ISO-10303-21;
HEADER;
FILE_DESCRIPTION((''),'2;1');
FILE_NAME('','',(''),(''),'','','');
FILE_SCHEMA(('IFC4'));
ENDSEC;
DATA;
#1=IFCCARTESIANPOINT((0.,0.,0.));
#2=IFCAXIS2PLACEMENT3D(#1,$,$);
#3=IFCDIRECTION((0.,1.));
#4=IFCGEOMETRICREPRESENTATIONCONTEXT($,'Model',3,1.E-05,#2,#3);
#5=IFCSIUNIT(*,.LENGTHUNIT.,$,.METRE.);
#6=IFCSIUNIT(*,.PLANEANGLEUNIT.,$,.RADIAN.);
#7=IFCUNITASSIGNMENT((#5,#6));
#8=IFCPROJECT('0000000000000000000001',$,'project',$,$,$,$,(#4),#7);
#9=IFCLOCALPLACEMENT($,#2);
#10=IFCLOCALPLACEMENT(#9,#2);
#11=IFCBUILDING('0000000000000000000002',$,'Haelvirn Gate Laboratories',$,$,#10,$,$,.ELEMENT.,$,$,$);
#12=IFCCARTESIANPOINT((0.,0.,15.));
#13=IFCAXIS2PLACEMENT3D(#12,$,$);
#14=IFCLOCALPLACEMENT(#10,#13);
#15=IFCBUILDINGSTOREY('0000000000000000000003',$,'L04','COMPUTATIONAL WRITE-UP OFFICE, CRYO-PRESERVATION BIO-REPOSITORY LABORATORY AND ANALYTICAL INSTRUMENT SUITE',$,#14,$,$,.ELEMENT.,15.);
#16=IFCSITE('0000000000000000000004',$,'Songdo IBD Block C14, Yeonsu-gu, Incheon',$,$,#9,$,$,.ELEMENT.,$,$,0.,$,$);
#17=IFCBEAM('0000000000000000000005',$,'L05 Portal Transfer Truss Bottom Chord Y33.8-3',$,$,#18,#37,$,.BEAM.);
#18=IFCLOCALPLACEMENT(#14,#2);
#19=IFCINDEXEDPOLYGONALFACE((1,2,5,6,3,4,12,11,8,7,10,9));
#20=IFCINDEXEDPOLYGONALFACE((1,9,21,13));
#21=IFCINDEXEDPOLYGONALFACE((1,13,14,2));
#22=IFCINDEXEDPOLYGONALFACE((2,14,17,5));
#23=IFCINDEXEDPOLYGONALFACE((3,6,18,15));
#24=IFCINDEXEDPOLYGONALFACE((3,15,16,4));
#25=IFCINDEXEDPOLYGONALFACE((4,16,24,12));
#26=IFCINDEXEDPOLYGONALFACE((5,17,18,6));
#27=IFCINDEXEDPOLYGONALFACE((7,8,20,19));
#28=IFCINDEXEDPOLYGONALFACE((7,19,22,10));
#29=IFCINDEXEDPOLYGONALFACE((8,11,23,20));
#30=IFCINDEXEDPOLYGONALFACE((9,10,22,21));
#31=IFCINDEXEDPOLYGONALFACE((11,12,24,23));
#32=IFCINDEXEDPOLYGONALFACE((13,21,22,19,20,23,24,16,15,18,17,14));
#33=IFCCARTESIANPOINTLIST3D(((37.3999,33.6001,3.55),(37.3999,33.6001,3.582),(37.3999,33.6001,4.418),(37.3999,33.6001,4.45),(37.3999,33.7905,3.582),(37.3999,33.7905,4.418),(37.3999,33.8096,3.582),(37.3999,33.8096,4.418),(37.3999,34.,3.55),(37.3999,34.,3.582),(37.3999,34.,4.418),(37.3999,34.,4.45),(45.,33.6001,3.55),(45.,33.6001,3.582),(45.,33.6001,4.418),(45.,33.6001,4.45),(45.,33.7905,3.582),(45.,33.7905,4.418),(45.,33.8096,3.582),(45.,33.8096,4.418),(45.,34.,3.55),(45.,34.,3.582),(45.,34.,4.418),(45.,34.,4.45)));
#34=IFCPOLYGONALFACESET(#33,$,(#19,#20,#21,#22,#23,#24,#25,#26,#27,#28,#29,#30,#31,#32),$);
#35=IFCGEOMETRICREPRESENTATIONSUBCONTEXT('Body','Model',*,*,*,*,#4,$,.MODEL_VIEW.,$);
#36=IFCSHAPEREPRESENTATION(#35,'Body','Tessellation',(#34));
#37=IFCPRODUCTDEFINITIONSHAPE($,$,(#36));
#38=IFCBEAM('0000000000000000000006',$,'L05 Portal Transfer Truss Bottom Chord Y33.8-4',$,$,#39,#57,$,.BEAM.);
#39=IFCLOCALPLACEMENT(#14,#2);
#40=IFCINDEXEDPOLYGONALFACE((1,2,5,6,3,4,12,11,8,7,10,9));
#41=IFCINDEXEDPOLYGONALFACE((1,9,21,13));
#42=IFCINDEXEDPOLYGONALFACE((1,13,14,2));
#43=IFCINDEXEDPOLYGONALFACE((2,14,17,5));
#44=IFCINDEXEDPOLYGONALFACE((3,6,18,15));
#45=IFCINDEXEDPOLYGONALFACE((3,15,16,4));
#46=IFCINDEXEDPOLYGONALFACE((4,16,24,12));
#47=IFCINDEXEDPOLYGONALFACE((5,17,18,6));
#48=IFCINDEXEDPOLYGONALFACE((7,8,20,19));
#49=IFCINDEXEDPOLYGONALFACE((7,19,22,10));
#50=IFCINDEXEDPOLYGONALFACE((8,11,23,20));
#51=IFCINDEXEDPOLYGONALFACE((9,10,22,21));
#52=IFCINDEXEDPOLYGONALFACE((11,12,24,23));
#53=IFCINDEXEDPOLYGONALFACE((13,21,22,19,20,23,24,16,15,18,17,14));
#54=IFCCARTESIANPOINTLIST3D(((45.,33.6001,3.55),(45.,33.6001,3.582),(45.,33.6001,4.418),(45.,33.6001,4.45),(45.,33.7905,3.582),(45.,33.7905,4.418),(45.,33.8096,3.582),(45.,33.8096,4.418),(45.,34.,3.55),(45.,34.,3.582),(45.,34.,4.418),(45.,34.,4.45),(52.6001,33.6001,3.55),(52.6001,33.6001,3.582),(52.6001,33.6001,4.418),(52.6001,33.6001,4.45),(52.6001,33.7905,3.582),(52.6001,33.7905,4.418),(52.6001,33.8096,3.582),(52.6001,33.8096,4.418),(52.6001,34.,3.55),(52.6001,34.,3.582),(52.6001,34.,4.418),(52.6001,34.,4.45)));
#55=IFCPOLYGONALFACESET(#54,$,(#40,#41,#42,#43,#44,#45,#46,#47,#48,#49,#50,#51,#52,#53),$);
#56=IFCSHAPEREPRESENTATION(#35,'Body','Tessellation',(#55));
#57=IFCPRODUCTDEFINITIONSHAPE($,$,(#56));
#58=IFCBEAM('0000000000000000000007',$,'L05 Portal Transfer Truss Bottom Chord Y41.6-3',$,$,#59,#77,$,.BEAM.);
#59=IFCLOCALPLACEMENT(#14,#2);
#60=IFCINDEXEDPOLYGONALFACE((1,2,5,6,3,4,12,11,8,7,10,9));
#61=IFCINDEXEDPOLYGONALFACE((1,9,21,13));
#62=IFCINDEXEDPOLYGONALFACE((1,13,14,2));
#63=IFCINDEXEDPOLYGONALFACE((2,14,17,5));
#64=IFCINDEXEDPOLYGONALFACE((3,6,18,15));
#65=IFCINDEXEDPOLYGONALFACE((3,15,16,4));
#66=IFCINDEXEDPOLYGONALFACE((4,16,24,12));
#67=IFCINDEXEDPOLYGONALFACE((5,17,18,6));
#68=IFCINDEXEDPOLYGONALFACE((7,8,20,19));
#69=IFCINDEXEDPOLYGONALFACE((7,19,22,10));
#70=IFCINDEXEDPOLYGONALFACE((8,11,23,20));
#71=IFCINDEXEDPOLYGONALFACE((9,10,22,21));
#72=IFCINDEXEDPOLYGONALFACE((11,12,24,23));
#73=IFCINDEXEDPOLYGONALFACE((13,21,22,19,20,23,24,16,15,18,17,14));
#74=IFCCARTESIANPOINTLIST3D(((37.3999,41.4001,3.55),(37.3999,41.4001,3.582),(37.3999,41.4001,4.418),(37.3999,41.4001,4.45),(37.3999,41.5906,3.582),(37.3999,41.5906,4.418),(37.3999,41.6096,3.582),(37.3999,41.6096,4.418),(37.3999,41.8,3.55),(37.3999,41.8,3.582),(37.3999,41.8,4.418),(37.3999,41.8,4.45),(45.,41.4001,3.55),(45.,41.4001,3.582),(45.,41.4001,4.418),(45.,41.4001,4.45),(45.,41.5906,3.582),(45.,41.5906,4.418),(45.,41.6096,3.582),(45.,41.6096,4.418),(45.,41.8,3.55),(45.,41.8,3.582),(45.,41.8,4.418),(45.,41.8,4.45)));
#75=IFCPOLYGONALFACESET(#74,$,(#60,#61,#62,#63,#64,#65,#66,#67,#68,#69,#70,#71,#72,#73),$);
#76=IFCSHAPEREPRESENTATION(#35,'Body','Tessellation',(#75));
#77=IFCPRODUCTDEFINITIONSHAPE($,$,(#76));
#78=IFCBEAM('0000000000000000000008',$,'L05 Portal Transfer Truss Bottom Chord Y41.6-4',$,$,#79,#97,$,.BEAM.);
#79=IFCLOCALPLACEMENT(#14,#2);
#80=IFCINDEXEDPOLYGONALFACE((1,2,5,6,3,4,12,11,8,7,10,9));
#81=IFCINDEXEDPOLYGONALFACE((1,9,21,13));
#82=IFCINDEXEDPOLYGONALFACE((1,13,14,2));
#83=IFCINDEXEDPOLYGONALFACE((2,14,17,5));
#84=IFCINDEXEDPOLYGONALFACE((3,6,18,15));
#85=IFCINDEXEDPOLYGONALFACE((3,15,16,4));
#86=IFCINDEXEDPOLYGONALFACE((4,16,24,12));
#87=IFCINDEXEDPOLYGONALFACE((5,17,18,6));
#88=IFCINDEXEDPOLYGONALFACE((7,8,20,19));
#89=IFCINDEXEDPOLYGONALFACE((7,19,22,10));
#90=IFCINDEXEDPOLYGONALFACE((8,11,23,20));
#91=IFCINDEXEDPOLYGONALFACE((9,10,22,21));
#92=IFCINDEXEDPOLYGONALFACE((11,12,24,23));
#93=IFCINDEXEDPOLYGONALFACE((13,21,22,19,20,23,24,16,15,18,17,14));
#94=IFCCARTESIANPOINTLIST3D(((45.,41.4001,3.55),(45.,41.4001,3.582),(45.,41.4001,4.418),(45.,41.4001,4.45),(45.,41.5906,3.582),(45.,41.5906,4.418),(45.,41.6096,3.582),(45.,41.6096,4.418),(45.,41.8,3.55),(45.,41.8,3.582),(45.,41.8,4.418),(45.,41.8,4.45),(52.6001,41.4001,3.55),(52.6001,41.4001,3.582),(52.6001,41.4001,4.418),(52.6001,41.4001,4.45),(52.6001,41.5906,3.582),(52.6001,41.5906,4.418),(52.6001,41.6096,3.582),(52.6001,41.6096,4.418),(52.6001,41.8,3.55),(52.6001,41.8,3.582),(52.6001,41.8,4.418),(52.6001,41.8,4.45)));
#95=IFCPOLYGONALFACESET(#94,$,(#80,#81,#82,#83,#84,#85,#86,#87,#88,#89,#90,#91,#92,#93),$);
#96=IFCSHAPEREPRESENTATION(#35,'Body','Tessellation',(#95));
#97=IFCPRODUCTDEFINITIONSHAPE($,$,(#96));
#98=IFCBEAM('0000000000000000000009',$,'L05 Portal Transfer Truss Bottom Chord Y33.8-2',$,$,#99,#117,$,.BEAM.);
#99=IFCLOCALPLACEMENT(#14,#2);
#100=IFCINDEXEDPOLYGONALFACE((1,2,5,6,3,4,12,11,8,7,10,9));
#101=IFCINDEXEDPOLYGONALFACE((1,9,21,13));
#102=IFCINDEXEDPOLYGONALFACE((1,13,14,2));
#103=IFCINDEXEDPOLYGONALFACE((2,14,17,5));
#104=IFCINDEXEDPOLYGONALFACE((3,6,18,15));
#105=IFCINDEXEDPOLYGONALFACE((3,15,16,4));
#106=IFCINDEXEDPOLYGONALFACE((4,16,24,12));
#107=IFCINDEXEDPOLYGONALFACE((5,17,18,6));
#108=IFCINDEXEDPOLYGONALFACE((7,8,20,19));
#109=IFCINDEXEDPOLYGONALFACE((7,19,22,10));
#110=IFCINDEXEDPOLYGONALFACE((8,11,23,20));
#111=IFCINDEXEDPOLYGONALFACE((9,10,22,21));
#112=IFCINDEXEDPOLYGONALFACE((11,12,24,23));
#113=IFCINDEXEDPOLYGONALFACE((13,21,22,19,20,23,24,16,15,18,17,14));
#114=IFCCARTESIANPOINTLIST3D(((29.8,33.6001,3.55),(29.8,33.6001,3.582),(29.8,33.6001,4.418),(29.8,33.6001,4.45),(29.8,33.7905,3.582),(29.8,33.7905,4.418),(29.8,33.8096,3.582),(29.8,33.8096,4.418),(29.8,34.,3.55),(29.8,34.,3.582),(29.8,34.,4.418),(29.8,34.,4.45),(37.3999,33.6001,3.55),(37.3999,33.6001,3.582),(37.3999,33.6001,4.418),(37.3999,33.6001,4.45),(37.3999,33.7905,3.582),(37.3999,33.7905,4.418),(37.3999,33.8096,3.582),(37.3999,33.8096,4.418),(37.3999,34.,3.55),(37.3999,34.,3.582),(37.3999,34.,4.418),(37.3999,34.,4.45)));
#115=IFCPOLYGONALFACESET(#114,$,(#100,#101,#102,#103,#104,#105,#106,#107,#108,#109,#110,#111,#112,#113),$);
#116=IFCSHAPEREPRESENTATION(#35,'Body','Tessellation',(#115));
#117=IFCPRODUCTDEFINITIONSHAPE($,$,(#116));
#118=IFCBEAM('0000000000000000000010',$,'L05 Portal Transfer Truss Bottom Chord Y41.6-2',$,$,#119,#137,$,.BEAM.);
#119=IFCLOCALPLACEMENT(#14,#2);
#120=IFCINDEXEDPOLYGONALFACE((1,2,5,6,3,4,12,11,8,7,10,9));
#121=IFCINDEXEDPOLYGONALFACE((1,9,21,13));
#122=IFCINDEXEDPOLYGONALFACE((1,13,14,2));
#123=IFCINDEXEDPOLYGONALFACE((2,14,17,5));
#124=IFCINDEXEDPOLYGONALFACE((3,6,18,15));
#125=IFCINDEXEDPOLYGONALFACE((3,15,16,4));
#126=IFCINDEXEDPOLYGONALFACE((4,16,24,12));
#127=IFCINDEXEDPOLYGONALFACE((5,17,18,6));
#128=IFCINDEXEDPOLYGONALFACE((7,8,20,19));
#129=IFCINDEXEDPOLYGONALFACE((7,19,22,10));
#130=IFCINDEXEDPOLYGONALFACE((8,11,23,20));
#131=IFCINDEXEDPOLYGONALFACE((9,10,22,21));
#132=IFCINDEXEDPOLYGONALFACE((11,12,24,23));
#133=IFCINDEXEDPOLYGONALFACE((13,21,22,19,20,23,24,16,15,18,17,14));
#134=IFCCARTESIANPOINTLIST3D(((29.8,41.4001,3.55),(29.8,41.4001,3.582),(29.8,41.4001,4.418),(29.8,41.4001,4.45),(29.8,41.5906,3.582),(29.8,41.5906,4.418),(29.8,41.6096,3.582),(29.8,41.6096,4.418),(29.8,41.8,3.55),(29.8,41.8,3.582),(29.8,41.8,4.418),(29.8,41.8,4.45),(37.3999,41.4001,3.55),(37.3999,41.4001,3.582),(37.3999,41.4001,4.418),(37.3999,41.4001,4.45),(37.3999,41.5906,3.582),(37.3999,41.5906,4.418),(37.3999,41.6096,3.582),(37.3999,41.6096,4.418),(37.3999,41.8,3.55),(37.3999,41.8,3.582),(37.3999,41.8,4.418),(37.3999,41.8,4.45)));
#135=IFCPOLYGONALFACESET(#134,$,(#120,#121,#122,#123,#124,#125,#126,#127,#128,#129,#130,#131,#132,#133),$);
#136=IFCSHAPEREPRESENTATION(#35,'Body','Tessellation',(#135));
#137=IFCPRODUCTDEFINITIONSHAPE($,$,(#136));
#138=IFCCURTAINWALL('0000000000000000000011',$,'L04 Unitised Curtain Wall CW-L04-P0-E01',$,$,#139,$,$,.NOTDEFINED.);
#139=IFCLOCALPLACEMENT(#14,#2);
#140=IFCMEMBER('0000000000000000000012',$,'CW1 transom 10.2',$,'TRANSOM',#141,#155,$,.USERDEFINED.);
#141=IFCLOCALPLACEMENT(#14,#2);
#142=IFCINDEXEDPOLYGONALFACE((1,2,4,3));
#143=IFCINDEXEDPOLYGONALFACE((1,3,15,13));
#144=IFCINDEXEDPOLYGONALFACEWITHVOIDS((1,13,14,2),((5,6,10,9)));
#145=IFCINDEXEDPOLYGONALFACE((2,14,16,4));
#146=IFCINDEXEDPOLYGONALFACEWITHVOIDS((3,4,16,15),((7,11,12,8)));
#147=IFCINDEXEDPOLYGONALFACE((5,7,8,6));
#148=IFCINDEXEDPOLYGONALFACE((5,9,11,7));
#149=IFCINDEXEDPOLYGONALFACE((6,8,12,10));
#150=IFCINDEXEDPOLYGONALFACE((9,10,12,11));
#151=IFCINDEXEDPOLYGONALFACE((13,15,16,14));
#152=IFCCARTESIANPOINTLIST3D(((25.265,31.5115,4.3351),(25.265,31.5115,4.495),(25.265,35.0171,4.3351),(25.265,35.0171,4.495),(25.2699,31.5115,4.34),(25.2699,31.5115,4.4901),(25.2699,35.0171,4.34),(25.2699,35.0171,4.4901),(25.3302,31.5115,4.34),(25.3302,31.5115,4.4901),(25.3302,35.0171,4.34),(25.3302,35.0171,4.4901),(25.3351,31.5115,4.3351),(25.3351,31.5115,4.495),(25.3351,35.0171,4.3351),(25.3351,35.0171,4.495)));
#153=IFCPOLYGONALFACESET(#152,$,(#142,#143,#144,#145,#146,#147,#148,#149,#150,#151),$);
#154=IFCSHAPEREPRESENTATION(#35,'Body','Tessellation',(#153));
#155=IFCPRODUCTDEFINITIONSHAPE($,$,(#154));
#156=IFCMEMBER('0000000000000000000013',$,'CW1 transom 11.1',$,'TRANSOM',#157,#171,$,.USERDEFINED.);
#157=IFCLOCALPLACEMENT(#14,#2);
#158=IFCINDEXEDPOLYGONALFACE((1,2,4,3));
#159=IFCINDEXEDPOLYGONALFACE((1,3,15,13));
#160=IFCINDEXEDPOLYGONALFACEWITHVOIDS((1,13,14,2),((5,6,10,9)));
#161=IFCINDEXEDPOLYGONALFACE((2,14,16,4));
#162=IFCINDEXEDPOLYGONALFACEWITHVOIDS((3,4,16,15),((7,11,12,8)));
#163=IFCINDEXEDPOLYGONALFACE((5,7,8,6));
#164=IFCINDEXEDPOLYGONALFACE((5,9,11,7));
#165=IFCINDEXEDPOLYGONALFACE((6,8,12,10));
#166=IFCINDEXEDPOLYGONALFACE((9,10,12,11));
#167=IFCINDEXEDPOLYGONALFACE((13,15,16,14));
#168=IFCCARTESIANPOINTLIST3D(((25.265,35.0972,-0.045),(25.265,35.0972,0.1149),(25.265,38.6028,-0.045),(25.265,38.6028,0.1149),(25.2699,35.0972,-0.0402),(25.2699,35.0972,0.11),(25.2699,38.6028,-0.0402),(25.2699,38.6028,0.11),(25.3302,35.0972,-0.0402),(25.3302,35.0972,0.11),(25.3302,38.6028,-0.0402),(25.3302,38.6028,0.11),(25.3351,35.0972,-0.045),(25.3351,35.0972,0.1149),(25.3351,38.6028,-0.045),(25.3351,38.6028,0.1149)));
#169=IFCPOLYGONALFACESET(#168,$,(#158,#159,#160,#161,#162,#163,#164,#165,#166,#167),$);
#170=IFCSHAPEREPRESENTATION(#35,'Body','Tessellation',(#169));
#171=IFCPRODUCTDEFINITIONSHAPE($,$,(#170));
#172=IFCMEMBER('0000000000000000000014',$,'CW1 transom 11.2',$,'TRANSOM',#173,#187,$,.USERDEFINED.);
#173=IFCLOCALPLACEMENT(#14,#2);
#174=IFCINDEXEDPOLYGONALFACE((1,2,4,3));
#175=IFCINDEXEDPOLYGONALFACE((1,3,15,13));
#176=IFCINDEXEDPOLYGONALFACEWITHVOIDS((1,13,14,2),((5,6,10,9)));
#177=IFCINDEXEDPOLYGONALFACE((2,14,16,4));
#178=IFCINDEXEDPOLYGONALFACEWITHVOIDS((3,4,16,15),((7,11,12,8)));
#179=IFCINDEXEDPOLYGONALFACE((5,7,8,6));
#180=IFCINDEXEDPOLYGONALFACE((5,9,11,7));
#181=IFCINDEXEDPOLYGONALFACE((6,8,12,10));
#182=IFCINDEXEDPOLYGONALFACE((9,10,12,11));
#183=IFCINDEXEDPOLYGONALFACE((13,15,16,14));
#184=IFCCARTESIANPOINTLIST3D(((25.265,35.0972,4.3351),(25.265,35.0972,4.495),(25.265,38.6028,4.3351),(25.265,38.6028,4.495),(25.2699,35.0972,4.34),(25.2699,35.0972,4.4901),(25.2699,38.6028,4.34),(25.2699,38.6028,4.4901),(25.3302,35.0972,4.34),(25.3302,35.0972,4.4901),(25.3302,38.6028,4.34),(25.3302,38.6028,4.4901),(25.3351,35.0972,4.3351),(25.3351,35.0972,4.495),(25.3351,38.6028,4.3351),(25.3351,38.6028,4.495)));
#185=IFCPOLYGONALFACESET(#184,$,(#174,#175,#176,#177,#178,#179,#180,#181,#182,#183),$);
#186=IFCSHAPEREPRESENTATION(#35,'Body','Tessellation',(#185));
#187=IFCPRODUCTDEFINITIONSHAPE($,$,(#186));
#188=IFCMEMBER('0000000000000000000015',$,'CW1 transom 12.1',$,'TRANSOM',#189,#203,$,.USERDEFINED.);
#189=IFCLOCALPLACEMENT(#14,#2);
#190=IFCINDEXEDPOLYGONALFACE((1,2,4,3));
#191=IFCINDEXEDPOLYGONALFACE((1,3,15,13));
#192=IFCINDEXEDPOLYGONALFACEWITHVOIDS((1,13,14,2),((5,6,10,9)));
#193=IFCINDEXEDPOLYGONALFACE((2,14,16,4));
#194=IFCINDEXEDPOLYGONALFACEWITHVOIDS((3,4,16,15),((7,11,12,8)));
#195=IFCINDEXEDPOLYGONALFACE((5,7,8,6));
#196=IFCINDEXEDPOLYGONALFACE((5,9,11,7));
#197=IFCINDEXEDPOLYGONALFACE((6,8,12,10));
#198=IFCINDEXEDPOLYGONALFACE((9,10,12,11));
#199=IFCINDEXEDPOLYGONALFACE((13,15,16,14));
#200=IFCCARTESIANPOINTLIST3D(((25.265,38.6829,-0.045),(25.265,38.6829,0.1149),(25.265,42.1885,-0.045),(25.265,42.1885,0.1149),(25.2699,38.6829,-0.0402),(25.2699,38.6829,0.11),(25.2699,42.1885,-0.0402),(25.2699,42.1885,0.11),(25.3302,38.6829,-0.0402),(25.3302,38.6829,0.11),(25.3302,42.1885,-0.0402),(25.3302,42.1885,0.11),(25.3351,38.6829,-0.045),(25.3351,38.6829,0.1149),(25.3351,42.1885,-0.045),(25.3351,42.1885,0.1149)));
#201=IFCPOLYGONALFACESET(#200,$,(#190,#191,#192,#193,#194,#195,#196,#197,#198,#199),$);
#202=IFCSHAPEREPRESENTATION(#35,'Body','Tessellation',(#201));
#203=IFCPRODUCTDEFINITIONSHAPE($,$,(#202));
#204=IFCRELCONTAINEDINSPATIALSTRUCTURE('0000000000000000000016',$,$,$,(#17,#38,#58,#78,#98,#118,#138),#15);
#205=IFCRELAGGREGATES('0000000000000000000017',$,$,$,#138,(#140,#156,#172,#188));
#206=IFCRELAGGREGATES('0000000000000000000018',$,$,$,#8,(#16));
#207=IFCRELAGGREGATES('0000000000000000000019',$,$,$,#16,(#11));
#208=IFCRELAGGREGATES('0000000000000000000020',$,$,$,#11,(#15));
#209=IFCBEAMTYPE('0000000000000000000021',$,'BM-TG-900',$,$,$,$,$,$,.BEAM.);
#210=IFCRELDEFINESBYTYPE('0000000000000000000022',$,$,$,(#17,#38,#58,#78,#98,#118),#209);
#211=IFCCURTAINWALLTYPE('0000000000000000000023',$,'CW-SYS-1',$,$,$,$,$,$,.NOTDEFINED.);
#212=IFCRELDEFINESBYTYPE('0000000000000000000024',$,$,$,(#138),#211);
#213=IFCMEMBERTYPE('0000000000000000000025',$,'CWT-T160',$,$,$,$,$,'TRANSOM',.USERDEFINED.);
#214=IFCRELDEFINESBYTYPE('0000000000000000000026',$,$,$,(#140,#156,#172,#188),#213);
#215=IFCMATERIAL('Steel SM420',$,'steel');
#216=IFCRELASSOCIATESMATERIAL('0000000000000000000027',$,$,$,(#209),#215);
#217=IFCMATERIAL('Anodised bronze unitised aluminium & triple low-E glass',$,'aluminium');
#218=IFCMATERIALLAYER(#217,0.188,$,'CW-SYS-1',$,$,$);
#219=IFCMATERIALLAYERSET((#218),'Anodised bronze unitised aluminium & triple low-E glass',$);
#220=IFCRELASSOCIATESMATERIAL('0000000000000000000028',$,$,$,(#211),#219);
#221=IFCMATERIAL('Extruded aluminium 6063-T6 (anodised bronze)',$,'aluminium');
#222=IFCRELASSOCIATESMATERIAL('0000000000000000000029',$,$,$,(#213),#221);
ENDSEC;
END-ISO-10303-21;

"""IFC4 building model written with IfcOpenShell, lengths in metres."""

from ifc_helpers import new_model, si_unit, direction, frame, origin, origin_2d, place, context, subcontext, project, spatial, hollow_rectangle, i_section, extrude, source, transform, mapped, material, layer, layer_set, material_profile, profile_set, type_object, type_shapes, element, aggregate, save


model = new_model("IFC4")

# Units and contexts
model_context = context("Model", 3, precision=1e-05, world=origin(), true_north=direction((0.0, 1.0)))
body_context = subcontext(model_context, "Body", "Model", "MODEL_VIEW")
ifc_project = project(units=[si_unit("LENGTHUNIT", "METRE"), si_unit("PLANEANGLEUNIT", "RADIAN")], contexts=[model_context])

# Site, building, storey
site_placement = place(None, origin())
site = spatial("IfcSite", under=ifc_project, at=site_placement, Name="Songdo IBD Block C14, Yeonsu-gu, Incheon", CompositionType="ELEMENT", RefElevation=0.0)
building_placement = place(site_placement, origin())
building = spatial("IfcBuilding", under=site, at=building_placement, Name="Haelvirn Gate Laboratories", CompositionType="ELEMENT")
storey_placement = place(building_placement, frame((0.0, 0.0, 15.0)))
storey = spatial("IfcBuildingStorey", under=building, at=storey_placement, Name="L04", Description="COMPUTATIONAL WRITE-UP OFFICE, CRYO-PRESERVATION BIO-REPOSITORY LABORATORY AND ANALYTICAL INSTRUMENT SUITE", CompositionType="ELEMENT", Elevation=15.0)

# Beams
ifc_material_1 = material(Name="Steel SM420", Category="steel")
ifc_material_profile_1 = material_profile(ifc_material_1, i_section(OverallWidth=0.3999, OverallDepth=0.8999, WebThickness=0.019, FlangeThickness=0.032, at=origin_2d()), Name="H-900x400x19x32")
ifc_profile_set_1 = profile_set([ifc_material_profile_1], Name="Steel SM420")
beam_type = type_object("IfcBeamType", Name="BM-TG-900", PredefinedType="BEAM", material=ifc_profile_set_1)
shared_shape_1 = source(origin(), body_context, "Body", "SweptSolid", [
    extrude(i_section(OverallWidth=0.3999, OverallDepth=0.8999, WebThickness=0.019, FlangeThickness=0.032, at=origin_2d()), origin(), (0.0, 0.0, 1.0), 7.6001),
])
for number, where, z_axis, x_axis, name in (
    (1, (37.3999, 33.8, 4.0), (1.0, 0.0, 0.0), (0.0, 1.0, 0.0), "L05 Portal Transfer Truss Bottom Chord Y33.8-3"),
    (2, (45.0, 33.8, 4.0), (1.0, 0.0, 0.0), (0.0, 1.0, 0.0), "L05 Portal Transfer Truss Bottom Chord Y33.8-4"),
    (3, (37.3999, 41.6001, 4.0), (1.0, 0.0, 0.0), (0.0, 1.0, 0.0), "L05 Portal Transfer Truss Bottom Chord Y41.6-3"),
    (4, (45.0, 41.6001, 4.0), (1.0, 0.0, 0.0), (0.0, 1.0, 0.0), "L05 Portal Transfer Truss Bottom Chord Y41.6-4"),
):
    element("IfcBeam", number, at=place(storey_placement, frame(where, z_axis=z_axis, x_axis=x_axis)), inside=storey, type_object=beam_type, Name=name, PredefinedType="BEAM", context=body_context, shape_type="MappedRepresentation", body=[
        mapped(shared_shape_1, transform((0.0, 0.0, 0.0), scale=1.0)),
    ])
shared_shape_2 = source(origin(), body_context, "Body", "SweptSolid", [
    extrude(i_section(OverallWidth=0.3999, OverallDepth=0.8999, WebThickness=0.019, FlangeThickness=0.032, at=origin_2d()), origin(), (0.0, 0.0, 1.0), 7.5999),
])
type_shapes(beam_type, [shared_shape_1, shared_shape_2])
for number, where, z_axis, x_axis, name in (
    (5, (29.8, 33.8, 4.0), (1.0, 0.0, 0.0), (0.0, 1.0, 0.0), "L05 Portal Transfer Truss Bottom Chord Y33.8-2"),
    (6, (29.8, 41.6001, 4.0), (1.0, 0.0, 0.0), (0.0, 1.0, 0.0), "L05 Portal Transfer Truss Bottom Chord Y41.6-2"),
):
    element("IfcBeam", number, at=place(storey_placement, frame(where, z_axis=z_axis, x_axis=x_axis)), inside=storey, type_object=beam_type, Name=name, PredefinedType="BEAM", context=body_context, shape_type="MappedRepresentation", body=[
        mapped(shared_shape_2, transform((0.0, 0.0, 0.0), scale=1.0)),
    ])

# Curtain wall, members
ifc_material_2 = material(Name="Anodised bronze unitised aluminium & triple low-E glass", Category="aluminium")
ifc_layer_1 = layer(ifc_material_2, 0.188, Name="CW-SYS-1")
ifc_layer_set_1 = layer_set([ifc_layer_1], Name="Anodised bronze unitised aluminium & triple low-E glass")
curtain_wall_type = type_object("IfcCurtainWallType", Name="CW-SYS-1", PredefinedType="NOTDEFINED", material=ifc_layer_set_1)
curtain_wall_1_placement = place(storey_placement, origin())
curtain_wall_1 = element("IfcCurtainWall", 7, at=curtain_wall_1_placement, inside=storey, type_object=curtain_wall_type, Name="L04 Unitised Curtain Wall CW-L04-P0-E01", PredefinedType="NOTDEFINED")
ifc_material_3 = material(Name="Extruded aluminium 6063-T6 (anodised bronze)", Category="aluminium")
ifc_material_profile_2 = material_profile(ifc_material_3, hollow_rectangle(XDim=0.0701, YDim=0.1599, WallThickness=0.0049, at=origin_2d()), Name="CWT-160x70x5")
ifc_profile_set_2 = profile_set([ifc_material_profile_2], Name="Extruded aluminium 6063-T6 (anodised bronze)")
member_type_1 = type_object("IfcMemberType", Name="CWT-T160", ElementType="TRANSOM", PredefinedType="USERDEFINED", material=ifc_profile_set_2)
shared_shape_3 = source(origin(), body_context, "Body", "SweptSolid", [
    extrude(hollow_rectangle(XDim=0.0701, YDim=0.1599, WallThickness=0.0049, at=origin_2d()), origin(), (0.0, 0.0, 1.0), 3.5056),
])
member_1_placement = place(storey_placement, frame((25.3, 31.5115, 4.415), z_axis=(0.0, 1.0, 0.0), x_axis=(-1.0, 0.0, 0.0)))
member_1 = element("IfcMember", 8, at=member_1_placement, type_object=member_type_1, Name="CW1 transom 10.2", ObjectType="TRANSOM", PredefinedType="USERDEFINED", context=body_context, shape_type="MappedRepresentation", body=[
    mapped(shared_shape_3, transform((0.0, 0.0, 0.0), scale=1.0)),
])
member_2_placement = place(storey_placement, frame((25.3, 35.0972, 0.0349), z_axis=(0.0, 1.0, 0.0), x_axis=(-1.0, 0.0, 0.0)))
member_2 = element("IfcMember", 9, at=member_2_placement, type_object=member_type_1, Name="CW1 transom 11.1", ObjectType="TRANSOM", PredefinedType="USERDEFINED", context=body_context, shape_type="MappedRepresentation", body=[
    mapped(shared_shape_3, transform((0.0, 0.0, 0.0), scale=1.0)),
])
member_3_placement = place(storey_placement, frame((25.3, 35.0972, 4.415), z_axis=(0.0, 1.0, 0.0), x_axis=(-1.0, 0.0, 0.0)))
member_3 = element("IfcMember", 10, at=member_3_placement, type_object=member_type_1, Name="CW1 transom 11.2", ObjectType="TRANSOM", PredefinedType="USERDEFINED", context=body_context, shape_type="MappedRepresentation", body=[
    mapped(shared_shape_3, transform((0.0, 0.0, 0.0), scale=1.0)),
])
member_4_placement = place(storey_placement, frame((25.3, 38.6829, 0.0349), z_axis=(0.0, 1.0, 0.0), x_axis=(-1.0, 0.0, 0.0)))
member_4 = element("IfcMember", 11, at=member_4_placement, type_object=member_type_1, Name="CW1 transom 12.1", ObjectType="TRANSOM", PredefinedType="USERDEFINED", context=body_context, shape_type="MappedRepresentation", body=[
    mapped(shared_shape_3, transform((0.0, 0.0, 0.0), scale=1.0)),
])

aggregate(curtain_wall_1, [member_1, member_2, member_3, member_4])

save(model, "model.ifc")
